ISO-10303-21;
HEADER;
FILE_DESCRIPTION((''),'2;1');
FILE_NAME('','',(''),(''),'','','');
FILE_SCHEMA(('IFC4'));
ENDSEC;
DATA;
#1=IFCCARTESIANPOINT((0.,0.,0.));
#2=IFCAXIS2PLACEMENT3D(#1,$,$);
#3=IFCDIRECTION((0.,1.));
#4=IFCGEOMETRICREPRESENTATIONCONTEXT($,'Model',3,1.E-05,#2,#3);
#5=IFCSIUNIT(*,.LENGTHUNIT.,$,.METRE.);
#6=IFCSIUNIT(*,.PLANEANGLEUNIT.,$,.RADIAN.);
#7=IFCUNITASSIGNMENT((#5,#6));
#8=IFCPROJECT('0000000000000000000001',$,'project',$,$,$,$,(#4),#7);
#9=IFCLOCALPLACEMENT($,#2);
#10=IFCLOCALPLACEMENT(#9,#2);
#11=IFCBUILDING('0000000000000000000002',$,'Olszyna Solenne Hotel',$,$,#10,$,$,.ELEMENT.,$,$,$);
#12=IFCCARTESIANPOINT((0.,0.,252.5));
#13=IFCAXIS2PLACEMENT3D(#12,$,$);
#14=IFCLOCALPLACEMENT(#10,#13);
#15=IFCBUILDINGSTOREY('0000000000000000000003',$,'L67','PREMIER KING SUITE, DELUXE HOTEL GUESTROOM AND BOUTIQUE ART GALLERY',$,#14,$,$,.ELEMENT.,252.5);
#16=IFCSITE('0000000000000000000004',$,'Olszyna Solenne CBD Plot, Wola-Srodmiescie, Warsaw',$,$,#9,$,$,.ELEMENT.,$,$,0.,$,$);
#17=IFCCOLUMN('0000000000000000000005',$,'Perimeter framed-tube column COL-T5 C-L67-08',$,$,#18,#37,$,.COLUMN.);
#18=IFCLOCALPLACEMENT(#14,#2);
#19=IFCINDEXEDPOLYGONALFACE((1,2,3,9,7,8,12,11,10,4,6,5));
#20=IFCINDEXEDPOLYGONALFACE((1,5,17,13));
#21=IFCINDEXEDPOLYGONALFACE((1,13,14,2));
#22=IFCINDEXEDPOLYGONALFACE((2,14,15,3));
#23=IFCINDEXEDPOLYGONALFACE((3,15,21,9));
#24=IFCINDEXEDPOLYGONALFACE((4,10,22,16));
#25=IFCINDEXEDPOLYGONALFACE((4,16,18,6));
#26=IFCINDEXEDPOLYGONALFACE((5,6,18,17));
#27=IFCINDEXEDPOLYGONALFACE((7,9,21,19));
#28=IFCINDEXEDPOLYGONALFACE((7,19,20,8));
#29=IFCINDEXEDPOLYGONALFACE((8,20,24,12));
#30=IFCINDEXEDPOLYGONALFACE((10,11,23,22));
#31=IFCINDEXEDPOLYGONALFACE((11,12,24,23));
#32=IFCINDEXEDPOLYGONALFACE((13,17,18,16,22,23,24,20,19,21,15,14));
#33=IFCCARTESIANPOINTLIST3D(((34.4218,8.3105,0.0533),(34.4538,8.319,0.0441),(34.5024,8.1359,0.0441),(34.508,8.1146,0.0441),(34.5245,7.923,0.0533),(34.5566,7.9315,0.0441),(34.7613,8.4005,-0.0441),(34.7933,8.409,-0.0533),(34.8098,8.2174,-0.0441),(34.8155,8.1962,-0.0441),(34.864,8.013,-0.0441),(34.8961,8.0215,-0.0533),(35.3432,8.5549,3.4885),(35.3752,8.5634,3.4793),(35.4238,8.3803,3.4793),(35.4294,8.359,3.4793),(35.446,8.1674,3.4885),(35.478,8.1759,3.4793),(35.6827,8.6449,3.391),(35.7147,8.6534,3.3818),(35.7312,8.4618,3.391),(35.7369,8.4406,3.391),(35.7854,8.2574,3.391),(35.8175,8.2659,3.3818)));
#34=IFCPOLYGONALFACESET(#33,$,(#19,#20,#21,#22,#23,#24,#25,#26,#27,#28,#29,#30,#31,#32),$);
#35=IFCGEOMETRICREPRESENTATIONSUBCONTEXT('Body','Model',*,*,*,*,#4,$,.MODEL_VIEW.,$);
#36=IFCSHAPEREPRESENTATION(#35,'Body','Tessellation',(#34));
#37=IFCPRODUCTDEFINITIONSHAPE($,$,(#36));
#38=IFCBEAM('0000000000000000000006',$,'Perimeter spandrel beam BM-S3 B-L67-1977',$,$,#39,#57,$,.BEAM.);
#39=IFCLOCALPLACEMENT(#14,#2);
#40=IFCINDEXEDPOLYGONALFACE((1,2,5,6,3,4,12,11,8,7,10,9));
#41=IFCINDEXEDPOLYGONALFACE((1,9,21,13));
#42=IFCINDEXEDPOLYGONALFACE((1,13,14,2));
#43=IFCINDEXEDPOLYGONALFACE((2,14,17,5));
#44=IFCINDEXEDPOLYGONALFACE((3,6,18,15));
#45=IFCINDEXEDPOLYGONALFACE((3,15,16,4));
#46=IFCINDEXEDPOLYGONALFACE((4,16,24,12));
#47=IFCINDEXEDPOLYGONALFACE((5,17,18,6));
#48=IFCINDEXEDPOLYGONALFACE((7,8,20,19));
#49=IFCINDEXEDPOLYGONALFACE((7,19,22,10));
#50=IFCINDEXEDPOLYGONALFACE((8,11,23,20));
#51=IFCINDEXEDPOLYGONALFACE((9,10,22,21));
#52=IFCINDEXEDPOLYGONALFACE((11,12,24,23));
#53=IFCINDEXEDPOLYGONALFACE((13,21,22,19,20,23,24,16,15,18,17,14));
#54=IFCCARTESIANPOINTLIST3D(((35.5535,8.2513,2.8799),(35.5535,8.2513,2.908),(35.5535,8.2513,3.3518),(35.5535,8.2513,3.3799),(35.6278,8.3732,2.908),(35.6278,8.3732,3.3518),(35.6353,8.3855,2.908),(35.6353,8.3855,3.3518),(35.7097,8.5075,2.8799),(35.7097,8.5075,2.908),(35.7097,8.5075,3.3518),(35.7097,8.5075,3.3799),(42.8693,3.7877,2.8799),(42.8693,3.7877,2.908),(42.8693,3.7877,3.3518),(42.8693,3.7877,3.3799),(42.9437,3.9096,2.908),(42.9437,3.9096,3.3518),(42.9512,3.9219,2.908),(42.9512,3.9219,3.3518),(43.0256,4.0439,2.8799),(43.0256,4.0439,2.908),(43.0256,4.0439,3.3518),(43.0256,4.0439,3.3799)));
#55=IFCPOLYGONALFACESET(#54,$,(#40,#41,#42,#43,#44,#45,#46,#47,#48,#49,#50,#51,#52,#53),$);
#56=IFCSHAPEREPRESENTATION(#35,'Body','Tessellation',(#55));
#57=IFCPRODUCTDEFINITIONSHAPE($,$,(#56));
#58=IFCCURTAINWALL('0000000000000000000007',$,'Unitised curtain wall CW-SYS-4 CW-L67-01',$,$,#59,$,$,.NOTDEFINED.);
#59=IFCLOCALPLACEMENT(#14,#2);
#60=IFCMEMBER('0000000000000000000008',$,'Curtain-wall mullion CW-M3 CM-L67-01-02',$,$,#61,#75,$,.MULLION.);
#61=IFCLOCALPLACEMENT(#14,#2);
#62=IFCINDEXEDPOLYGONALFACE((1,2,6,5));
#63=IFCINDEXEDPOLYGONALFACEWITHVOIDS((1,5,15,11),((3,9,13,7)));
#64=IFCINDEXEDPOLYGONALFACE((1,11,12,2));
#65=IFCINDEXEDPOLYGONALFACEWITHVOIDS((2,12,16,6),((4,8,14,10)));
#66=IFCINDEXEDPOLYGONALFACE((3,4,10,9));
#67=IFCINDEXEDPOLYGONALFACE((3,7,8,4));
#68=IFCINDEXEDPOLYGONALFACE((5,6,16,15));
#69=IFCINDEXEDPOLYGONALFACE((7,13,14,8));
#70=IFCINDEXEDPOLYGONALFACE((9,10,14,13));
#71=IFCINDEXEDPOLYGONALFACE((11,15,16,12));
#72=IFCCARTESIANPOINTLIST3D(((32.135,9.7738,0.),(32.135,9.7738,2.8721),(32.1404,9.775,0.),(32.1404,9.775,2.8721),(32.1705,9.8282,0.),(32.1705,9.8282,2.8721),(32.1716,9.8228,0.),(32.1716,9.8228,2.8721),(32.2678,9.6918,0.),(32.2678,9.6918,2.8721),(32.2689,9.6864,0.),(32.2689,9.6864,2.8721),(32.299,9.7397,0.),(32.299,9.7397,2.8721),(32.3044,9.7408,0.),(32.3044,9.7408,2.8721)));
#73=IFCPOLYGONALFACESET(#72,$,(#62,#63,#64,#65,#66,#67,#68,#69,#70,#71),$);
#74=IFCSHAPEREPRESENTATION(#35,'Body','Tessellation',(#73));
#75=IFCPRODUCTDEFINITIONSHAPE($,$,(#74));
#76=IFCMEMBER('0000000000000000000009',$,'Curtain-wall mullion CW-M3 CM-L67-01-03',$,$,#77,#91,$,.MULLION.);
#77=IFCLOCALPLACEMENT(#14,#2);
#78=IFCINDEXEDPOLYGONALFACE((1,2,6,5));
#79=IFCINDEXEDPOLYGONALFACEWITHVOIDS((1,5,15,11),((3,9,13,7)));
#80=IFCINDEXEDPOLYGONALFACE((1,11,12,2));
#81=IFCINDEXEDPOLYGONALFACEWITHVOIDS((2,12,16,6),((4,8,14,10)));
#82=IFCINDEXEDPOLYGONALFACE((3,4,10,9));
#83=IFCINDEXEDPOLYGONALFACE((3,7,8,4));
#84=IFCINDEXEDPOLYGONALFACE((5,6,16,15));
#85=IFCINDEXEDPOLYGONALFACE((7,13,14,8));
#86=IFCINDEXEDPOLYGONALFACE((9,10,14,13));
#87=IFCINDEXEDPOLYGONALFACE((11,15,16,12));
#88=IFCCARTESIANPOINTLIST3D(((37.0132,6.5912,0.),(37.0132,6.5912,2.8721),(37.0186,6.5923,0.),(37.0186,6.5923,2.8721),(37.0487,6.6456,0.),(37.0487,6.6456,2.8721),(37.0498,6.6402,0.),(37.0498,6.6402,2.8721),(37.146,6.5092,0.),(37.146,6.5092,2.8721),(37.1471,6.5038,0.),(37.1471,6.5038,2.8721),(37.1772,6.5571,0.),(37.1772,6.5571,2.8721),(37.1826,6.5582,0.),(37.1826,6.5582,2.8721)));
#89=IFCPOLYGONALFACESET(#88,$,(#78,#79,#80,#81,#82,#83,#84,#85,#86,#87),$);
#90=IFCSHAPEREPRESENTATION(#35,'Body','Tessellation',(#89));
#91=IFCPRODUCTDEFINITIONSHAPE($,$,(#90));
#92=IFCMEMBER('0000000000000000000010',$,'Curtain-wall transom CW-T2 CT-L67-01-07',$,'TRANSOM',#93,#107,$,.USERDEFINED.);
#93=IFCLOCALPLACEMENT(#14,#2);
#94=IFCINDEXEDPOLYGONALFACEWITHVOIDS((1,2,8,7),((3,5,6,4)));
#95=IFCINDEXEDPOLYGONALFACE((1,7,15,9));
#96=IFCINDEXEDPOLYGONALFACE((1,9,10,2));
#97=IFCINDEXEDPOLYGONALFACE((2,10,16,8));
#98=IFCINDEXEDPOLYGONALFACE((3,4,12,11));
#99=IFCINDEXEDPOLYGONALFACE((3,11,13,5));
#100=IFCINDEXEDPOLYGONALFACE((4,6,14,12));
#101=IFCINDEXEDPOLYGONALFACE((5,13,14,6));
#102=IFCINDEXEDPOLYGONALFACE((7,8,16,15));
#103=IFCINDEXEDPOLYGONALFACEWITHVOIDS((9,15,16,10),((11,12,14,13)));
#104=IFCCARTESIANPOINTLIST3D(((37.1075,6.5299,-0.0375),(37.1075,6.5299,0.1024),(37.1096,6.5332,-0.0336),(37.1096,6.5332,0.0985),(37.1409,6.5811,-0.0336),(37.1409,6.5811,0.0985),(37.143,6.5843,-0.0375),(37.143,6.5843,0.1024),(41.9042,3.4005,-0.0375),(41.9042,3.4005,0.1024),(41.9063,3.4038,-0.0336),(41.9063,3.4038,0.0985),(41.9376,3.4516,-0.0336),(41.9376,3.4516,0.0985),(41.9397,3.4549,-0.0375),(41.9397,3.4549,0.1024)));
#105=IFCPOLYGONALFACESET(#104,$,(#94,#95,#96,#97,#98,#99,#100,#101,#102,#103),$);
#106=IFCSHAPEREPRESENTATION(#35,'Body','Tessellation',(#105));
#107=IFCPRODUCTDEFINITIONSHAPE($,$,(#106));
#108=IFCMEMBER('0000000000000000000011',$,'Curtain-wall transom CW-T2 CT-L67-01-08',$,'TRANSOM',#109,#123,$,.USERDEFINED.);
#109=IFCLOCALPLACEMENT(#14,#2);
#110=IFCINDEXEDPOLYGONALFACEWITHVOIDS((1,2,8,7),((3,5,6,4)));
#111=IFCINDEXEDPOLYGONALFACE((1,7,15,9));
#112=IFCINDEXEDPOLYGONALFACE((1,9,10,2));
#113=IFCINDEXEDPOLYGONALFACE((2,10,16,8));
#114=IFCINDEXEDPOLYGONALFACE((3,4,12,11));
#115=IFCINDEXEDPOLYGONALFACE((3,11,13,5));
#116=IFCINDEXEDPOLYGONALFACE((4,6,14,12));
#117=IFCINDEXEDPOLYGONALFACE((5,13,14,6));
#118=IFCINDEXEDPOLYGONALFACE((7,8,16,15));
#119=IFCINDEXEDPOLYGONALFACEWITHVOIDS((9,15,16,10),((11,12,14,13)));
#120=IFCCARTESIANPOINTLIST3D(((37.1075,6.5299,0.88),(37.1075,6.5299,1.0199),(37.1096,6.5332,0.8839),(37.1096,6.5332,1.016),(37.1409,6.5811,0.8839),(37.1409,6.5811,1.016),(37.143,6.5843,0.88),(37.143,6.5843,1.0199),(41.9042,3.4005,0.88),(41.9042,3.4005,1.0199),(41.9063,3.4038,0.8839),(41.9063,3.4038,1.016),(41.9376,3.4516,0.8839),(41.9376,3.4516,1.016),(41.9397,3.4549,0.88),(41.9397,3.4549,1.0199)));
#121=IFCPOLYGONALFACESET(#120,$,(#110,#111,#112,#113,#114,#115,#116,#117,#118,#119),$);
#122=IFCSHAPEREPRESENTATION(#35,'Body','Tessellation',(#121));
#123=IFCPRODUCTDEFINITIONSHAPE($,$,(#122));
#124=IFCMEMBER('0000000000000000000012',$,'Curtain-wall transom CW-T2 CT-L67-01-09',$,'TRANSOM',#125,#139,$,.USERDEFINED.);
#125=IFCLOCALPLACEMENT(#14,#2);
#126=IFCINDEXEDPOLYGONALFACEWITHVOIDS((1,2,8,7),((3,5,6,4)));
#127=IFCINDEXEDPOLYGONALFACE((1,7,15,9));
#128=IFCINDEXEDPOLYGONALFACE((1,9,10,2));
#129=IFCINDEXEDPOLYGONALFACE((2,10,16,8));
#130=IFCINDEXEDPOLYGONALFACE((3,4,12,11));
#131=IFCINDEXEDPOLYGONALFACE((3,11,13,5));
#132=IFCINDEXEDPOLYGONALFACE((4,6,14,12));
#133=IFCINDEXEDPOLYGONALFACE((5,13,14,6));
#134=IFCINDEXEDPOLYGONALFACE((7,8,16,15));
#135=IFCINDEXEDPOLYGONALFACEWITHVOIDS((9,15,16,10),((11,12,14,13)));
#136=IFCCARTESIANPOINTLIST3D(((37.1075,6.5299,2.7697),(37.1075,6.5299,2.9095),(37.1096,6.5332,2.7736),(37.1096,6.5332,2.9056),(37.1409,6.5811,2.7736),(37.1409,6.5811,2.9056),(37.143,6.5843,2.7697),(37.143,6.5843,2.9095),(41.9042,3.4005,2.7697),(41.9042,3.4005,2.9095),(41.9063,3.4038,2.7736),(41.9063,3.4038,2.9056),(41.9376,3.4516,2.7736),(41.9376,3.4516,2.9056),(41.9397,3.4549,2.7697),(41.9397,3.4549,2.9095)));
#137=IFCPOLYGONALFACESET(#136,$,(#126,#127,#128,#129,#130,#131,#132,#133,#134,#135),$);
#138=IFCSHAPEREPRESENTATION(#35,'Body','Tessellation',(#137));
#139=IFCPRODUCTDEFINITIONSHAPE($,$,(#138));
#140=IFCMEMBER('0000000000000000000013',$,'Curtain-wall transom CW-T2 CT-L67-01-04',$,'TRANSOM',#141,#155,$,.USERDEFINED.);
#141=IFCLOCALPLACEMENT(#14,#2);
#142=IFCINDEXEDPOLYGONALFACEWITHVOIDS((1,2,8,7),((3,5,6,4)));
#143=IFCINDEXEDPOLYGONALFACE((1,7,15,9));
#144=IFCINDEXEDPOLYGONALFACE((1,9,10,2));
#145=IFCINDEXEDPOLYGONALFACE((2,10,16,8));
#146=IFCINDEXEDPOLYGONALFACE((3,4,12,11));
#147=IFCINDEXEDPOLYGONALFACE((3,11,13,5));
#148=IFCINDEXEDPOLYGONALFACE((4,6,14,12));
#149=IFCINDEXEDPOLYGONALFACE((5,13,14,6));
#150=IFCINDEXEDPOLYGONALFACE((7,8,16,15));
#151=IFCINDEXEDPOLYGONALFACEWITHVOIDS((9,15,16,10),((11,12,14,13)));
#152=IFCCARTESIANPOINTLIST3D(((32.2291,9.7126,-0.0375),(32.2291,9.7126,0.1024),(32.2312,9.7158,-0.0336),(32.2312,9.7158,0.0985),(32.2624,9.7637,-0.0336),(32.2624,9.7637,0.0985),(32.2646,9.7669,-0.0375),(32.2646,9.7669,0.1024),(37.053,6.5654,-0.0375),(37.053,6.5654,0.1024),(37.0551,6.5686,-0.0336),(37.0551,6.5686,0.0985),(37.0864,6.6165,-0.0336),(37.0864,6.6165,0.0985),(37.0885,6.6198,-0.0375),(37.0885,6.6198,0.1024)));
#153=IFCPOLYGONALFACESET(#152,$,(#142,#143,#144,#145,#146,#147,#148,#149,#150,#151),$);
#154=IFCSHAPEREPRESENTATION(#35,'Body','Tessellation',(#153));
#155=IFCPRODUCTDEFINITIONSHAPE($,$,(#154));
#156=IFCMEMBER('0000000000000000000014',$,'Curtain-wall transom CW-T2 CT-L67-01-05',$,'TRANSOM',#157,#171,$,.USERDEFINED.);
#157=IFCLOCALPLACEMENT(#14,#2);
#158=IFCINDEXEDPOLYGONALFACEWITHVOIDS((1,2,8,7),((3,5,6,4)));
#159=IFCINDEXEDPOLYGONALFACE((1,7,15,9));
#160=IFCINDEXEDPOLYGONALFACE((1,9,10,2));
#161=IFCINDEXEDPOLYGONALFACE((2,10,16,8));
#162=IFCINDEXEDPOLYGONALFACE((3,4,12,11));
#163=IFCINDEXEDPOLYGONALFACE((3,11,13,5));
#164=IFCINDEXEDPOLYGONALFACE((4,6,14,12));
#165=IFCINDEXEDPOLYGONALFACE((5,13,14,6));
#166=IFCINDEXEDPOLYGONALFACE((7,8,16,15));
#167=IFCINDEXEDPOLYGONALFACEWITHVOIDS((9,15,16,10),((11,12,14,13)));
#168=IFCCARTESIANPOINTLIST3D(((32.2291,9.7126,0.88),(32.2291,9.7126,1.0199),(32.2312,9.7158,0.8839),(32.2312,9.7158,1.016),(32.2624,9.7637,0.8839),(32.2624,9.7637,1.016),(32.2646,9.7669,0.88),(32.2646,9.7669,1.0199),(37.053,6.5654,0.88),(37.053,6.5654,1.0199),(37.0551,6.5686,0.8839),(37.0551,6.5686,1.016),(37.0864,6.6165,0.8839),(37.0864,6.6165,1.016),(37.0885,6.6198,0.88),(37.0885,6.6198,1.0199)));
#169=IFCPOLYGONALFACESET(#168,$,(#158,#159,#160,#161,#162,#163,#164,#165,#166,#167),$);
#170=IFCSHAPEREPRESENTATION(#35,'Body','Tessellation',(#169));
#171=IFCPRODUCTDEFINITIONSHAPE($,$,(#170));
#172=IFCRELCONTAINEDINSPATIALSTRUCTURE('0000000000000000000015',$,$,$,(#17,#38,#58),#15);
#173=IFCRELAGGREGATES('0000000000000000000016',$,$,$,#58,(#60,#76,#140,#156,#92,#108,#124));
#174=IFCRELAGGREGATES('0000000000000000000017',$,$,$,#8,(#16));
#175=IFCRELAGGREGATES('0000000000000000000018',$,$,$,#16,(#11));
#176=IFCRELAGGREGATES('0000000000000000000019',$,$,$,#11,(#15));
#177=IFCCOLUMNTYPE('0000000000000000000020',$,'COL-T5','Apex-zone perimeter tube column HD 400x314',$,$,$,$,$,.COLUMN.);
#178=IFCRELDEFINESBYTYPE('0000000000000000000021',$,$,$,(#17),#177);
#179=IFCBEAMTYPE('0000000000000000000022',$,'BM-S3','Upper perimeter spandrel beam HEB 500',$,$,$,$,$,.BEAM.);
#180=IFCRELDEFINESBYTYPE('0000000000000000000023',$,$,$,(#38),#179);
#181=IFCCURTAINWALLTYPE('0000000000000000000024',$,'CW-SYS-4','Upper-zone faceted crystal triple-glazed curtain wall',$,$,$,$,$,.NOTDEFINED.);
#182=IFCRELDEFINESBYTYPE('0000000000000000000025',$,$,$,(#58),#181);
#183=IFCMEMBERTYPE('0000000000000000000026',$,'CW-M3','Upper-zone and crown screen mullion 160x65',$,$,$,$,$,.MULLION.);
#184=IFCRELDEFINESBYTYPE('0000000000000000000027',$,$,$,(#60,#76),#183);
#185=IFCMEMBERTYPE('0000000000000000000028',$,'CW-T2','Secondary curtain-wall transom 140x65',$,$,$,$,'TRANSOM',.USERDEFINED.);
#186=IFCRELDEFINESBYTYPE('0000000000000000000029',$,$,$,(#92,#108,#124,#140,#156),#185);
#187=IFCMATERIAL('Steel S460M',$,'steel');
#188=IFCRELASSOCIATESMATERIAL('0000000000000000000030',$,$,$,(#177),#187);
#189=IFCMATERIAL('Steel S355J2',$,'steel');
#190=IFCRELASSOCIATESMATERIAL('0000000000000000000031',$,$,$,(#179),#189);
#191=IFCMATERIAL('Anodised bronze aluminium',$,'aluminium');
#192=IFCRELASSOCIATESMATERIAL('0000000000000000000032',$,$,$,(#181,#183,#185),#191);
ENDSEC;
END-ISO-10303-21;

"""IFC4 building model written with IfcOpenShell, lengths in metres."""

from ifc_helpers import new_model, si_unit, direction, frame, origin, origin_2d, place, context, subcontext, project, spatial, hollow_rectangle, i_section, extrude, source, transform, mapped, material, material_profile, profile_set, type_object, element, aggregate, save


model = new_model("IFC4")

# Units and contexts
model_context = context("Model", 3, precision=1e-05, world=origin(), true_north=direction((0.0, 1.0)))
body_context = subcontext(model_context, "Body", "Model", "MODEL_VIEW")
ifc_project = project(units=[si_unit("LENGTHUNIT", "METRE"), si_unit("PLANEANGLEUNIT", "RADIAN")], contexts=[model_context])

# Site, building, storey
site_placement = place(None, origin())
site = spatial("IfcSite", under=ifc_project, at=site_placement, Name="Olszyna Solenne CBD Plot, Wola-Srodmiescie, Warsaw", CompositionType="ELEMENT", RefElevation=0.0)
building_placement = place(site_placement, origin())
building = spatial("IfcBuilding", under=site, at=building_placement, Name="Olszyna Solenne Hotel", CompositionType="ELEMENT")
storey_placement = place(building_placement, frame((0.0, 0.0, 252.5)))
storey = spatial("IfcBuildingStorey", under=building, at=storey_placement, Name="L67", Description="PREMIER KING SUITE, DELUXE HOTEL GUESTROOM AND BOUTIQUE ART GALLERY", CompositionType="ELEMENT", Elevation=252.5)

# Column
ifc_material_1 = material(Name="Steel S460M", Category="steel")
ifc_material_profile_1 = material_profile(ifc_material_1, i_section(OverallWidth=0.4009, OverallDepth=0.3989, WebThickness=0.022, FlangeThickness=0.0344, at=origin_2d()), Name="HD 400x314", Category="load-bearing")
ifc_profile_set_1 = profile_set([ifc_material_profile_1], Name="Steel S460M")
column_type = type_object("IfcColumnType", Name="COL-T5", Description="Apex-zone perimeter tube column HD 400x314", PredefinedType="COLUMN", material=ifc_profile_set_1)
shared_shape_1 = source(origin(), body_context, "Body", "SweptSolid", [
    extrude(i_section(OverallWidth=0.4009, OverallDepth=0.3989, WebThickness=0.022, FlangeThickness=0.0344, at=origin_2d()), origin(), (0.0, 0.0, 1.0), 3.5649),
])
column_placement = place(storey_placement, frame((34.6589, 8.166, 0.0), z_axis=(0.258463, 0.068554, 0.963586), x_axis=(-0.256371, 0.966578, 0.0)))
element("IfcColumn", 1, at=column_placement, inside=storey, type_object=column_type, Name="Perimeter framed-tube column COL-T5 C-L67-08", PredefinedType="COLUMN", context=body_context, shape_type="MappedRepresentation", body=[
    mapped(shared_shape_1, transform((0.0, 0.0, 0.0), x_axis=(1.0, 0.0, 0.0), y_axis=(0.0, 1.0, 0.0), z_axis=(0.0, 0.0, 1.0), scale=1.0)),
])

# Beam
ifc_material_2 = material(Name="Steel S355J2", Category="steel")
ifc_material_profile_2 = material_profile(ifc_material_2, i_section(OverallWidth=0.3, OverallDepth=0.5, WebThickness=0.0144, FlangeThickness=0.0281, at=origin_2d()), Name="HEB 500", Category="load-bearing")
ifc_profile_set_2 = profile_set([ifc_material_profile_2], Name="Steel S355J2")
beam_type_1 = type_object("IfcBeamType", Name="BM-S3", Description="Upper perimeter spandrel beam HEB 500", PredefinedType="BEAM", material=ifc_profile_set_2)
shared_shape_2 = source(origin(), body_context, "Body", "SweptSolid", [
    extrude(i_section(OverallWidth=0.3, OverallDepth=0.5, WebThickness=0.0144, FlangeThickness=0.0281, at=origin_2d()), origin(), (0.0, 0.0, 1.0), 8.5701),
])
beam_1_placement = place(storey_placement, frame((35.6316, 8.3794, 3.1299), z_axis=(0.853656, -0.520837, 0.0), x_axis=(0.520837, 0.853656, 0.0)))
element("IfcBeam", 2, at=beam_1_placement, inside=storey, type_object=beam_type_1, Name="Perimeter spandrel beam BM-S3 B-L67-1977", PredefinedType="BEAM", context=body_context, shape_type="MappedRepresentation", body=[
    mapped(shared_shape_2, transform((0.0, 0.0, 0.0), x_axis=(1.0, 0.0, 0.0), y_axis=(0.0, 1.0, 0.0), z_axis=(0.0, 0.0, 1.0), scale=1.0)),
])

# Curtain wall, members
ifc_material_3 = material(Name="Anodised bronze aluminium", Category="aluminium")
curtain_wall_type = type_object("IfcCurtainWallType", Name="CW-SYS-4", Description="Upper-zone faceted crystal triple-glazed curtain wall", PredefinedType="NOTDEFINED", material=ifc_material_3)
curtain_wall_placement = place(storey_placement, origin())
curtain_wall = element("IfcCurtainWall", 3, at=curtain_wall_placement, inside=storey, type_object=curtain_wall_type, Name="Unitised curtain wall CW-SYS-4 CW-L67-01", PredefinedType="NOTDEFINED")
ifc_material_profile_3 = material_profile(ifc_material_3, hollow_rectangle(XDim=0.0649, YDim=0.1599, WallThickness=0.0039, at=origin_2d()), Name="MULL 160x65x4", Category="load-bearing")
ifc_profile_set_3 = profile_set([ifc_material_profile_3], Name="Anodised bronze aluminium")
member_type_1 = type_object("IfcMemberType", Name="CW-M3", Description="Upper-zone and crown screen mullion 160x65", PredefinedType="MULLION", material=ifc_profile_set_3)
shared_shape_3 = source(origin(), body_context, "Body", "SweptSolid", [
    extrude(hollow_rectangle(XDim=0.0649, YDim=0.1599, WallThickness=0.0039, at=origin_2d()), origin(), (0.0, 0.0, 1.0), 2.8721),
])
member_1_placement = place(storey_placement, frame((32.2197, 9.7573, 0.0), z_axis=(0.0, 0.0, 1.0), x_axis=(0.546408, 0.837519, 0.0)))
member_1 = element("IfcMember", 4, at=member_1_placement, type_object=member_type_1, Name="Curtain-wall mullion CW-M3 CM-L67-01-02", PredefinedType="MULLION", context=body_context, shape_type="MappedRepresentation", body=[
    mapped(shared_shape_3, transform((0.0, 0.0, 0.0), x_axis=(1.0, 0.0, 0.0), y_axis=(0.0, 1.0, 0.0), z_axis=(0.0, 0.0, 1.0), scale=1.0)),
])
member_2_placement = place(storey_placement, frame((37.0979, 6.5747, 0.0), z_axis=(0.0, 0.0, 1.0), x_axis=(0.546408, 0.837519, 0.0)))
member_2 = element("IfcMember", 5, at=member_2_placement, type_object=member_type_1, Name="Curtain-wall mullion CW-M3 CM-L67-01-03", PredefinedType="MULLION", context=body_context, shape_type="MappedRepresentation", body=[
    mapped(shared_shape_3, transform((0.0, 0.0, 0.0), x_axis=(1.0, 0.0, 0.0), y_axis=(0.0, 1.0, 0.0), z_axis=(0.0, 0.0, 1.0), scale=1.0)),
])
ifc_material_profile_4 = material_profile(ifc_material_3, hollow_rectangle(XDim=0.0649, YDim=0.1399, WallThickness=0.0039, at=origin_2d()), Name="TRAN 140x65x4", Category="load-bearing")
ifc_profile_set_4 = profile_set([ifc_material_profile_4], Name="Anodised bronze aluminium")
member_type_2 = type_object("IfcMemberType", Name="CW-T2", Description="Secondary curtain-wall transom 140x65", ElementType="TRANSOM", PredefinedType="USERDEFINED", material=ifc_profile_set_4)
shared_shape_4 = source(origin(), body_context, "Body", "SweptSolid", [
    extrude(hollow_rectangle(XDim=0.0649, YDim=0.1399, WallThickness=0.0039, at=origin_2d()), origin(), (0.0, 0.0, 1.0), 5.7273),
])
member_3_placement = place(storey_placement, frame((37.1252, 6.5571, 0.0325), z_axis=(0.837518, -0.54641, 0.0), x_axis=(0.54641, 0.837518, 0.0)))
member_3 = element("IfcMember", 6, at=member_3_placement, type_object=member_type_2, Name="Curtain-wall transom CW-T2 CT-L67-01-07", ObjectType="TRANSOM", PredefinedType="USERDEFINED", context=body_context, shape_type="MappedRepresentation", body=[
    mapped(shared_shape_4, transform((0.0, 0.0, 0.0), x_axis=(1.0, 0.0, 0.0), y_axis=(0.0, 1.0, 0.0), z_axis=(0.0, 0.0, 1.0), scale=1.0)),
])
member_4_placement = place(storey_placement, frame((37.1252, 6.5571, 0.95), z_axis=(0.837518, -0.54641, 0.0), x_axis=(0.54641, 0.837518, 0.0)))
member_4 = element("IfcMember", 7, at=member_4_placement, type_object=member_type_2, Name="Curtain-wall transom CW-T2 CT-L67-01-08", ObjectType="TRANSOM", PredefinedType="USERDEFINED", context=body_context, shape_type="MappedRepresentation", body=[
    mapped(shared_shape_4, transform((0.0, 0.0, 0.0), x_axis=(1.0, 0.0, 0.0), y_axis=(0.0, 1.0, 0.0), z_axis=(0.0, 0.0, 1.0), scale=1.0)),
])
member_5_placement = place(storey_placement, frame((37.1252, 6.5571, 2.8396), z_axis=(0.837518, -0.54641, 0.0), x_axis=(0.54641, 0.837518, 0.0)))
member_5 = element("IfcMember", 8, at=member_5_placement, type_object=member_type_2, Name="Curtain-wall transom CW-T2 CT-L67-01-09", ObjectType="TRANSOM", PredefinedType="USERDEFINED", context=body_context, shape_type="MappedRepresentation", body=[
    mapped(shared_shape_4, transform((0.0, 0.0, 0.0), x_axis=(1.0, 0.0, 0.0), y_axis=(0.0, 1.0, 0.0), z_axis=(0.0, 0.0, 1.0), scale=1.0)),
])
shared_shape_5 = source(origin(), body_context, "Body", "SweptSolid", [
    extrude(hollow_rectangle(XDim=0.0649, YDim=0.1399, WallThickness=0.0039, at=origin_2d()), origin(), (0.0, 0.0, 1.0), 5.7598),
])
member_6_placement = place(storey_placement, frame((32.2468, 9.7397, 0.0325), z_axis=(0.83752, -0.546407, 0.0), x_axis=(0.546407, 0.83752, 0.0)))
member_6 = element("IfcMember", 9, at=member_6_placement, type_object=member_type_2, Name="Curtain-wall transom CW-T2 CT-L67-01-04", ObjectType="TRANSOM", PredefinedType="USERDEFINED", context=body_context, shape_type="MappedRepresentation", body=[
    mapped(shared_shape_5, transform((0.0, 0.0, 0.0), x_axis=(1.0, 0.0, 0.0), y_axis=(0.0, 1.0, 0.0), z_axis=(0.0, 0.0, 1.0), scale=1.0)),
])
member_7_placement = place(storey_placement, frame((32.2468, 9.7397, 0.95), z_axis=(0.83752, -0.546407, 0.0), x_axis=(0.546407, 0.83752, 0.0)))
member_7 = element("IfcMember", 10, at=member_7_placement, type_object=member_type_2, Name="Curtain-wall transom CW-T2 CT-L67-01-05", ObjectType="TRANSOM", PredefinedType="USERDEFINED", context=body_context, shape_type="MappedRepresentation", body=[
    mapped(shared_shape_5, transform((0.0, 0.0, 0.0), x_axis=(1.0, 0.0, 0.0), y_axis=(0.0, 1.0, 0.0), z_axis=(0.0, 0.0, 1.0), scale=1.0)),
])

aggregate(curtain_wall, [member_1, member_2, member_6, member_7, member_3, member_4, member_5])

save(model, "model.ifc")
